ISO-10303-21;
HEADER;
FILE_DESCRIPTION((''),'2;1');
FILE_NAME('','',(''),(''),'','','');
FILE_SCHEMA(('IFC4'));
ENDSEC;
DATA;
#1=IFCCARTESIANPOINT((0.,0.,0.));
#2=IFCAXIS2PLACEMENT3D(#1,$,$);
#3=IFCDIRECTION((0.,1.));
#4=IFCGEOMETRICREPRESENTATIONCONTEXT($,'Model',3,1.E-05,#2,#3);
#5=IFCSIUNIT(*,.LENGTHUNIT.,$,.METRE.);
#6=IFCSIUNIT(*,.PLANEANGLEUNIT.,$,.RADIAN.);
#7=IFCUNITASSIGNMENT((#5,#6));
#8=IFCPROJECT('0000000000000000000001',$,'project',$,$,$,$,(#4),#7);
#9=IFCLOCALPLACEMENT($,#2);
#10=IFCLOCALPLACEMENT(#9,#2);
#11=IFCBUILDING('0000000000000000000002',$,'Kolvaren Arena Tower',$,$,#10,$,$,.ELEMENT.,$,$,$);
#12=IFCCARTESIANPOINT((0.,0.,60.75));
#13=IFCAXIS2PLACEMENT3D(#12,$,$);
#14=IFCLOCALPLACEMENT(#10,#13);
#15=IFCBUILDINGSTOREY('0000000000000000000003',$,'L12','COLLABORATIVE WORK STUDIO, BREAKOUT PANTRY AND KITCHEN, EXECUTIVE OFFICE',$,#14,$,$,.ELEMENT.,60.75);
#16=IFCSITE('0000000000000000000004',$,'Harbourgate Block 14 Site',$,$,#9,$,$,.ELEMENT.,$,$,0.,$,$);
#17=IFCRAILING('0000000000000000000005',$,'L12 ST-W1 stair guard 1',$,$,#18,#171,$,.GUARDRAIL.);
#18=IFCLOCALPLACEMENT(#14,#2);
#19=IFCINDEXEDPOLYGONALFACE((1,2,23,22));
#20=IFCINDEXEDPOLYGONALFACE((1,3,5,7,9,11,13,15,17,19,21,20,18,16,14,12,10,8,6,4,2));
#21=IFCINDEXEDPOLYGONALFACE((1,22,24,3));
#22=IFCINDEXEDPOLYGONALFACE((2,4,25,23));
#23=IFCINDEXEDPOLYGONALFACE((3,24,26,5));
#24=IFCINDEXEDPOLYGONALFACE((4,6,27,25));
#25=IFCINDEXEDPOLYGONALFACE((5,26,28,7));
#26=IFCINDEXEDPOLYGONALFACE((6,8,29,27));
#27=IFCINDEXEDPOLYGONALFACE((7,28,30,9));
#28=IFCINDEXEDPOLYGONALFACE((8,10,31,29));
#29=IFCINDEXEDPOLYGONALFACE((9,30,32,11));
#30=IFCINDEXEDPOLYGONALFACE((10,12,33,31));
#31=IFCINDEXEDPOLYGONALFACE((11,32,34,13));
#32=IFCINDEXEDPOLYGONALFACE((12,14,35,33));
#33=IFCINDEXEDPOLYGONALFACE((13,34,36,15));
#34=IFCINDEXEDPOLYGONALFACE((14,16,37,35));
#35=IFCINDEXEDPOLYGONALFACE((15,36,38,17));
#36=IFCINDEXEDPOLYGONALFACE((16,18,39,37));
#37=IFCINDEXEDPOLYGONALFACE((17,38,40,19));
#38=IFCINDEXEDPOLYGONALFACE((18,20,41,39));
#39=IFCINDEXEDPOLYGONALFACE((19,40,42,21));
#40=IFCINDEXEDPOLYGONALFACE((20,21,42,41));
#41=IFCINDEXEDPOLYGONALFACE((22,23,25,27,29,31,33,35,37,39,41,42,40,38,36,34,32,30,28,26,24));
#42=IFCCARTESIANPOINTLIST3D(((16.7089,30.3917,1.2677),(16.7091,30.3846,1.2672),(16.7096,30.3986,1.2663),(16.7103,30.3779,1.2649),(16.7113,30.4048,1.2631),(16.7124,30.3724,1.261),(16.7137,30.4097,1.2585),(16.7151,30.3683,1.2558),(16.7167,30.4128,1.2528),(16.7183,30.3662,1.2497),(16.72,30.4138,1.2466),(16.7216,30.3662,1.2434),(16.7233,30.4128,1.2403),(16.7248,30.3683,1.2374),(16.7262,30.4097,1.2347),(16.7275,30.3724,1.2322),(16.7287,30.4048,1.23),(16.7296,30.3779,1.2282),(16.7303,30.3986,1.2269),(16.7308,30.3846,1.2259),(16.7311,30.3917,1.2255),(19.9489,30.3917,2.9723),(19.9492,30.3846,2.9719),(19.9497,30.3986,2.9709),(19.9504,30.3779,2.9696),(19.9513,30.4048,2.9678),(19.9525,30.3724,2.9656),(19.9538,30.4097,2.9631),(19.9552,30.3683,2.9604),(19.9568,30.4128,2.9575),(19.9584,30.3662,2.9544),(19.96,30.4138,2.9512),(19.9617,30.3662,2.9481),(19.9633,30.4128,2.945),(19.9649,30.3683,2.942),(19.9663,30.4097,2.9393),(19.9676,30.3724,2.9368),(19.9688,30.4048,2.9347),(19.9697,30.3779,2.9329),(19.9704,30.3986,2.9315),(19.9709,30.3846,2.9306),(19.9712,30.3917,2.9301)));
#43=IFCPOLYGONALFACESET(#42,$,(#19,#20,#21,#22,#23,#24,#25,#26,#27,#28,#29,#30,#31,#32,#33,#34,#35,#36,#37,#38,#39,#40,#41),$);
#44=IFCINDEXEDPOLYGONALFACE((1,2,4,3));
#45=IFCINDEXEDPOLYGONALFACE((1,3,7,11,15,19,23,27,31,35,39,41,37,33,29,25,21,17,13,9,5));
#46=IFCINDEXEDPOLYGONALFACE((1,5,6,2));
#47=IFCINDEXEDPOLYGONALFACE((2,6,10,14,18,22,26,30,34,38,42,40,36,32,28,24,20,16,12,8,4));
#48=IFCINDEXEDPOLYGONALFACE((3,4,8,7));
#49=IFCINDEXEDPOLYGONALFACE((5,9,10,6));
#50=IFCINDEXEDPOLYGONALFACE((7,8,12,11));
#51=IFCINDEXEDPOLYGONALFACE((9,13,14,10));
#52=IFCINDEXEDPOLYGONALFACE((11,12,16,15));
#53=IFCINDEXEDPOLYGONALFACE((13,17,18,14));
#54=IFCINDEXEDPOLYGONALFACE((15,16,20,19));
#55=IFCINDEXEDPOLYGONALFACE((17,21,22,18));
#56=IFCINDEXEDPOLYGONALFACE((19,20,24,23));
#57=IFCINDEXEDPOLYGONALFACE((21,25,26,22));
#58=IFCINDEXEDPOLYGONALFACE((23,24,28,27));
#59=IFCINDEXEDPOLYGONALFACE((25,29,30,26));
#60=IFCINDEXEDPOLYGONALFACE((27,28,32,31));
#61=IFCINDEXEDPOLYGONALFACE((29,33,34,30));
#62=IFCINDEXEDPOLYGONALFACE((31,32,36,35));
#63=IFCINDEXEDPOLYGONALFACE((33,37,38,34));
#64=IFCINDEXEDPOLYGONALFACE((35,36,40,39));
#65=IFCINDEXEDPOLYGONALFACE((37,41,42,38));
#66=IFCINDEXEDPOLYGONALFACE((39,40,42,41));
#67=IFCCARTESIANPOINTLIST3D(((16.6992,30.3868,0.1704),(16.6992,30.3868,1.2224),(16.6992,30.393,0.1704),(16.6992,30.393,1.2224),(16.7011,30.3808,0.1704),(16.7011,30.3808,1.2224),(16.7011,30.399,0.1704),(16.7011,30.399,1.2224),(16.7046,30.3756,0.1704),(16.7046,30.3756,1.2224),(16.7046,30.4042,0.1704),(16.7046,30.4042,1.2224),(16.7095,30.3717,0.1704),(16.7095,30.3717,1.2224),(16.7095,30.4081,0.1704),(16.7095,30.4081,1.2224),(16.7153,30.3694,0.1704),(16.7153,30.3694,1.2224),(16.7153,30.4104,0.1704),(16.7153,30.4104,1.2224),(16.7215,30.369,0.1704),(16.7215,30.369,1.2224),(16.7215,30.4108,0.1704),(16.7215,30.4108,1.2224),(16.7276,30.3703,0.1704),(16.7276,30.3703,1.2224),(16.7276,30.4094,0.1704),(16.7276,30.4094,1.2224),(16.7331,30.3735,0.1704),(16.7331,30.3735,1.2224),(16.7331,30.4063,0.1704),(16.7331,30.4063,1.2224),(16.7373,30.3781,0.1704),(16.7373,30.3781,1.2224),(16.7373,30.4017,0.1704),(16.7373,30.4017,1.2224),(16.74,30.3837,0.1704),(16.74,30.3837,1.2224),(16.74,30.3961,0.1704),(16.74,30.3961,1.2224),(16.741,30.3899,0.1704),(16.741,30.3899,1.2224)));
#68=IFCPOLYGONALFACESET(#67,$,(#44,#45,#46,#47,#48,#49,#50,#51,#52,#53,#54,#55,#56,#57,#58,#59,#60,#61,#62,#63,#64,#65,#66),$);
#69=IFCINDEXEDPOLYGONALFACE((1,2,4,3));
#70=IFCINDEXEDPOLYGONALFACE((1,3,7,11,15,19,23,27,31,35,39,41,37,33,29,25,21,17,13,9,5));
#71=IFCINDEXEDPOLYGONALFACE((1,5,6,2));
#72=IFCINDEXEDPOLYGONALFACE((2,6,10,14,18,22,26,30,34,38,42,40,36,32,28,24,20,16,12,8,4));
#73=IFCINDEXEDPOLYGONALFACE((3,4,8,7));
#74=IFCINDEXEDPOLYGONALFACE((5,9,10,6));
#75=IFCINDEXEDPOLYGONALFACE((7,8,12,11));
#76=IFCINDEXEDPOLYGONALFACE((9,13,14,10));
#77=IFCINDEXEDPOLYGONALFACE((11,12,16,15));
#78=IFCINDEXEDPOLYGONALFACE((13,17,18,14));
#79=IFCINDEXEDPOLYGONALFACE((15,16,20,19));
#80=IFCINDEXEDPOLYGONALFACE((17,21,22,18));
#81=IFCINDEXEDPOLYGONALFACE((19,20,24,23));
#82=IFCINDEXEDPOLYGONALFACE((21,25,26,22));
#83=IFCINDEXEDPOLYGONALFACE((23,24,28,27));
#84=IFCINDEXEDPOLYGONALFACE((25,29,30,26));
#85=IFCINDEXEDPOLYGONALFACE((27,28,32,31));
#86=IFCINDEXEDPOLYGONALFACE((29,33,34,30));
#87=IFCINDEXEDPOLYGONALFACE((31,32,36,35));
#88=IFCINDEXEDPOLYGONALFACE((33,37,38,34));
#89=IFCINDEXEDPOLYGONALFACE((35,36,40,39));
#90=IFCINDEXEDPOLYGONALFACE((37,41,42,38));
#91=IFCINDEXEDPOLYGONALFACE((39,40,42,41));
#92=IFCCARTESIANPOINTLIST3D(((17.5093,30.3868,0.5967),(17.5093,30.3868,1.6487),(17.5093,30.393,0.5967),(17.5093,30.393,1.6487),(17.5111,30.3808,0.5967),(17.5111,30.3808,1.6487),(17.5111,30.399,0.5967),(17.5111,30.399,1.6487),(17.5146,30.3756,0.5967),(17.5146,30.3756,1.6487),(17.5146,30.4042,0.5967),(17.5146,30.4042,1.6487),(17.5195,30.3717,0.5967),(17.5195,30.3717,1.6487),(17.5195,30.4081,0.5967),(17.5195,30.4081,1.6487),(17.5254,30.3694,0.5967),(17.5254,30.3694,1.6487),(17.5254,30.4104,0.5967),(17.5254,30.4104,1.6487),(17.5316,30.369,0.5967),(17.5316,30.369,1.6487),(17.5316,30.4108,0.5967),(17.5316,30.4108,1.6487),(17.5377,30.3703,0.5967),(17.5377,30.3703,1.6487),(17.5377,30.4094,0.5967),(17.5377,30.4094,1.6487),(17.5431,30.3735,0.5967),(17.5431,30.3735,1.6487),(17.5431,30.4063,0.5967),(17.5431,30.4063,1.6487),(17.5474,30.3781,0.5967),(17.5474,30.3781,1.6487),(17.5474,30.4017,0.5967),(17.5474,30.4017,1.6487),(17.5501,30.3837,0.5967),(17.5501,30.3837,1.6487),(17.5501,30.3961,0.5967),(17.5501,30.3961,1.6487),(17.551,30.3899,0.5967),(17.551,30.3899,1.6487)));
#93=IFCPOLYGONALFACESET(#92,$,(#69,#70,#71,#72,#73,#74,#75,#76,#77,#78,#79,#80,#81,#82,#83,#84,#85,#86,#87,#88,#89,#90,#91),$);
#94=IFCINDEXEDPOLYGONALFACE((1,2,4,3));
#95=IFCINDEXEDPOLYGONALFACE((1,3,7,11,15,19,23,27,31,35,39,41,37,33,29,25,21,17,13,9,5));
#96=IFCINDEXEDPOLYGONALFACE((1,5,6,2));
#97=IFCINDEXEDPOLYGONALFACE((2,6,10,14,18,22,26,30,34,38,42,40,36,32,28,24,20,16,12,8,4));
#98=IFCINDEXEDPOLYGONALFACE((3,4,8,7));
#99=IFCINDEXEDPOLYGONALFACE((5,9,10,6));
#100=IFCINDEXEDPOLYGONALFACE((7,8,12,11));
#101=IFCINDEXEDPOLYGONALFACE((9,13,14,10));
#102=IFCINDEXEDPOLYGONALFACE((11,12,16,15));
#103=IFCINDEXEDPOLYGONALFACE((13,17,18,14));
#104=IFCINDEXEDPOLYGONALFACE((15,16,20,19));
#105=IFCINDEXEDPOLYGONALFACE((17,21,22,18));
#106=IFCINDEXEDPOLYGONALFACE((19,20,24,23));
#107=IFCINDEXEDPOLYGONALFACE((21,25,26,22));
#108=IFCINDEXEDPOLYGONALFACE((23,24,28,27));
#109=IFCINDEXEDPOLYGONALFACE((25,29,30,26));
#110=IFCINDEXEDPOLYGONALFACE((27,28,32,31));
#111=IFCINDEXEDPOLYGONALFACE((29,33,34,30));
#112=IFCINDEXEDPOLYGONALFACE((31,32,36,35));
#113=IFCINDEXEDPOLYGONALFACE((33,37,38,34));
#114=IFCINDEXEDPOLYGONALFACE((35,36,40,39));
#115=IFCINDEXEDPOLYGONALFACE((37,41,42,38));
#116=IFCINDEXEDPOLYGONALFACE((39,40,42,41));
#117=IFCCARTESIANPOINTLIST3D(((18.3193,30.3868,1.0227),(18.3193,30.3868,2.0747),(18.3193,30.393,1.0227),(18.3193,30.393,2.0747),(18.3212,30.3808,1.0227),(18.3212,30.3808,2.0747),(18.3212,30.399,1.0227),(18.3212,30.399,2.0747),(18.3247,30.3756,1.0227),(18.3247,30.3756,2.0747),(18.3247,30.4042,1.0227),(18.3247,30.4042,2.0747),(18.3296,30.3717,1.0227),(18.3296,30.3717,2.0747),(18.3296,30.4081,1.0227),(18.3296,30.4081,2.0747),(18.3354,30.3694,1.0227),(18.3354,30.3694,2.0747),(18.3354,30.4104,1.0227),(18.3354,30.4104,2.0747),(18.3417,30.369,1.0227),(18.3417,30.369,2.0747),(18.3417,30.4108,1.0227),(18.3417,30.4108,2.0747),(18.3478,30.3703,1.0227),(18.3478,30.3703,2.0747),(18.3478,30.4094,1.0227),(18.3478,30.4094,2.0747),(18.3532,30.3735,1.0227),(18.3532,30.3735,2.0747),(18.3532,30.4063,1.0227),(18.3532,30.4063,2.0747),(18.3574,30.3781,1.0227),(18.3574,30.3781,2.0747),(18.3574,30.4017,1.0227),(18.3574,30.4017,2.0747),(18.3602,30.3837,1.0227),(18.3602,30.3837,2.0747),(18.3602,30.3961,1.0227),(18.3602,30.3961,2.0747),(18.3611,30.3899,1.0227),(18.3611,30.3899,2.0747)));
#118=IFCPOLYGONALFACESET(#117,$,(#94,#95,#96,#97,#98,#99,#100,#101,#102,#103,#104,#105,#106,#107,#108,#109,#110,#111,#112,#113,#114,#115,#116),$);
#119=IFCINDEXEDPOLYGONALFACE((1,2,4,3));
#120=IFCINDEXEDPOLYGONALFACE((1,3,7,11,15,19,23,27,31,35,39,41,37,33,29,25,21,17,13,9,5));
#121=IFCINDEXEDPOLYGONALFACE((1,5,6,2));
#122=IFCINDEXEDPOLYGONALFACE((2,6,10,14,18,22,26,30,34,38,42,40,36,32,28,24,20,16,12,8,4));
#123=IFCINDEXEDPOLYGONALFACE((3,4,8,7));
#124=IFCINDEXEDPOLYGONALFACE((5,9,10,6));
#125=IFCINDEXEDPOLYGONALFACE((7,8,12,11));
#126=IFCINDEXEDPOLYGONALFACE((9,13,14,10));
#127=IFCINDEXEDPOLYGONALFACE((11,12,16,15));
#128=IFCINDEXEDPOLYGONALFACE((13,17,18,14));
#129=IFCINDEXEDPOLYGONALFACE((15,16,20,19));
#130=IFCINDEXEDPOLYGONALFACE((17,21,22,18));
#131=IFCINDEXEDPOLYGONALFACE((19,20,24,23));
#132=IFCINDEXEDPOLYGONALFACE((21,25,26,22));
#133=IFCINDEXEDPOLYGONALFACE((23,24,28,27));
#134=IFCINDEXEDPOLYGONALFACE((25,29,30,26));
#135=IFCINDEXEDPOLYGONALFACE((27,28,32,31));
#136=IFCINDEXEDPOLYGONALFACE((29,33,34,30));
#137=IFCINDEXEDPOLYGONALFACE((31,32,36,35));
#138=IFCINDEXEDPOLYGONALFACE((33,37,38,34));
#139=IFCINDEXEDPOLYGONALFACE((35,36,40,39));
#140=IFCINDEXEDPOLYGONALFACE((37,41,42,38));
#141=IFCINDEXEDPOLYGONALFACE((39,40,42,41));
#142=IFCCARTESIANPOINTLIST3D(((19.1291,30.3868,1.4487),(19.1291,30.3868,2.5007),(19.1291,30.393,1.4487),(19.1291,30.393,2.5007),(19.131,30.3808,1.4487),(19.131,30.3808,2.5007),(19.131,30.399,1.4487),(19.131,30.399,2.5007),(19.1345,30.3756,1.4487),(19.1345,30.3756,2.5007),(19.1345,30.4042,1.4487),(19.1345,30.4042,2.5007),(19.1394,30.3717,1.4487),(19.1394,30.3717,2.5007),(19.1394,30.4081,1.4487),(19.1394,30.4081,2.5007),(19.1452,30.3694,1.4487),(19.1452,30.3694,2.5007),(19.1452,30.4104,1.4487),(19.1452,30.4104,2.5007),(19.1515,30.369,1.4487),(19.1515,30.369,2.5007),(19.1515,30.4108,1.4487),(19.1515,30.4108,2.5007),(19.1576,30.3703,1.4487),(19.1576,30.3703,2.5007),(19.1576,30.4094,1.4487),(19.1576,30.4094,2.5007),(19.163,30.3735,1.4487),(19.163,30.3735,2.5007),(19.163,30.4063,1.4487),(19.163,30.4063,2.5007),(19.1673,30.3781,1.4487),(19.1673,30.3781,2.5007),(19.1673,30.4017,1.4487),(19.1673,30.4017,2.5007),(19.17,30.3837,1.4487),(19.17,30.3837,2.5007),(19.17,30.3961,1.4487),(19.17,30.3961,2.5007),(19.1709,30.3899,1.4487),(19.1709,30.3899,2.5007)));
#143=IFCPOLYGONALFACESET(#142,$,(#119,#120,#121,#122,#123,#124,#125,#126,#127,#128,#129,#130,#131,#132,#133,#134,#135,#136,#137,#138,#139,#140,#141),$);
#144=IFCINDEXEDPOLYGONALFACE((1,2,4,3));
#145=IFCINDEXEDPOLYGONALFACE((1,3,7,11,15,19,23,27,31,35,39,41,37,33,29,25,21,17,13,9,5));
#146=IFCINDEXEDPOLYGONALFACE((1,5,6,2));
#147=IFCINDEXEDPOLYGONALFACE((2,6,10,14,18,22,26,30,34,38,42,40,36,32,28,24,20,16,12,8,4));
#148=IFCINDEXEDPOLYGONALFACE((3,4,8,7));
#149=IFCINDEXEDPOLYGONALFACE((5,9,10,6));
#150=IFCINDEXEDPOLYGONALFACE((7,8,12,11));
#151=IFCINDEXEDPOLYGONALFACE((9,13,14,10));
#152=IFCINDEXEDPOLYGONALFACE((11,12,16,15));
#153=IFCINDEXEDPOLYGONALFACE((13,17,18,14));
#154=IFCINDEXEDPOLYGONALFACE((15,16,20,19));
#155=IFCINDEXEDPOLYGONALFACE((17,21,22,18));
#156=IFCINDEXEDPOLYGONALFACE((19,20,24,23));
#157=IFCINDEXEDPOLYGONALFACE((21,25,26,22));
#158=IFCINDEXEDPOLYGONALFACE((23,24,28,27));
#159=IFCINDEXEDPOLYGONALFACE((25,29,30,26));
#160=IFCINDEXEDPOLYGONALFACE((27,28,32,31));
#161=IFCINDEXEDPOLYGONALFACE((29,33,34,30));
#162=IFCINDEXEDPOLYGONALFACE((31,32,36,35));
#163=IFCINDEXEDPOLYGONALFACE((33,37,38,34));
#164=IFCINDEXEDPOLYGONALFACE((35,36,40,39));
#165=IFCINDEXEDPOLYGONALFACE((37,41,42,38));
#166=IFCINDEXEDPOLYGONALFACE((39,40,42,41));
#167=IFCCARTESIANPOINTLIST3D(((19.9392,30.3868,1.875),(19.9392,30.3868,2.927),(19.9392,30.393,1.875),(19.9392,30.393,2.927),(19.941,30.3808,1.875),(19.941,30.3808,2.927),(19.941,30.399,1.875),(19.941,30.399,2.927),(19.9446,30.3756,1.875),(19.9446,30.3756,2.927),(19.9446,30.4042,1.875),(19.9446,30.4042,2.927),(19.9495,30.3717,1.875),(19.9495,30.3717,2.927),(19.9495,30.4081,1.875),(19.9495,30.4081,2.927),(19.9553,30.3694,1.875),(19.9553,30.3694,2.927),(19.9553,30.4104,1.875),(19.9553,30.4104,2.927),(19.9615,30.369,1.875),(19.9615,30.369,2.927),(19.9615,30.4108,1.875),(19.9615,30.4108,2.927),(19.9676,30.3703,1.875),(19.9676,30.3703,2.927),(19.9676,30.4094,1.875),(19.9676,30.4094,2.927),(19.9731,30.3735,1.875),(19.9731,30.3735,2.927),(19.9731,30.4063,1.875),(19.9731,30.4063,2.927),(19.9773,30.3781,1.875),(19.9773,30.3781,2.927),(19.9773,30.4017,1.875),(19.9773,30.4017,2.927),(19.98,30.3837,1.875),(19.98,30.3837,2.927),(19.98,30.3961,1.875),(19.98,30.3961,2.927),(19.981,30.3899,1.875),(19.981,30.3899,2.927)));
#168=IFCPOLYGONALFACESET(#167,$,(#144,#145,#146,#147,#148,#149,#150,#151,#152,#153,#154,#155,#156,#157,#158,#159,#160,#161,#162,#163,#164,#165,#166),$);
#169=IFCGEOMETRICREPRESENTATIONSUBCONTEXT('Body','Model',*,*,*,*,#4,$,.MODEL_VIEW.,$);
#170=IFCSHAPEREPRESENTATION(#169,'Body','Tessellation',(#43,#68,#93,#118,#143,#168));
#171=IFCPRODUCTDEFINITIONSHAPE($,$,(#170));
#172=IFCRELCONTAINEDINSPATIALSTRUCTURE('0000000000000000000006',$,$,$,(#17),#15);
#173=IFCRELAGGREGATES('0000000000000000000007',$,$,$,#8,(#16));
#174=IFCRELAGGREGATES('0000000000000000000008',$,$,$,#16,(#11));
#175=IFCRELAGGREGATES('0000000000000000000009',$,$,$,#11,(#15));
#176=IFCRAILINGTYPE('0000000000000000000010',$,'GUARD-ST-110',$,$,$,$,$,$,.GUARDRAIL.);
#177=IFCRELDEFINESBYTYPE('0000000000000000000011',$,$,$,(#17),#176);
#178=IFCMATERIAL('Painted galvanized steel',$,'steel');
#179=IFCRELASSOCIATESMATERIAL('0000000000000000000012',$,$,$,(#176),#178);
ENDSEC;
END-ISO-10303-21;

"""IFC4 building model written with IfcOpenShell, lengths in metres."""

from ifc_helpers import new_model, si_unit, direction, frame, origin, origin_2d, place, context, subcontext, project, spatial, circle, extrude, material, type_object, element, save


model = new_model("IFC4")

# Units and contexts
model_context = context("Model", 3, precision=1e-05, world=origin(), true_north=direction((0.0, 1.0)))
body_context = subcontext(model_context, "Body", "Model", "MODEL_VIEW")
ifc_project = project(units=[si_unit("LENGTHUNIT", "METRE"), si_unit("PLANEANGLEUNIT", "RADIAN")], contexts=[model_context])

# Site, building, storey
site_placement = place(None, origin())
site = spatial("IfcSite", under=ifc_project, at=site_placement, Name="Harbourgate Block 14 Site", CompositionType="ELEMENT", RefElevation=0.0)
building_placement = place(site_placement, origin())
building = spatial("IfcBuilding", under=site, at=building_placement, Name="Kolvaren Arena Tower", CompositionType="ELEMENT")
storey_placement = place(building_placement, frame((0.0, 0.0, 60.75)))
storey = spatial("IfcBuildingStorey", under=building, at=storey_placement, Name="L12", Description="COLLABORATIVE WORK STUDIO, BREAKOUT PANTRY AND KITCHEN, EXECUTIVE OFFICE", CompositionType="ELEMENT", Elevation=60.75)

# Railing
ifc_material_1 = material(Name="Painted galvanized steel", Category="steel")
railing_type_1 = type_object("IfcRailingType", Name="GUARD-ST-110", PredefinedType="GUARDRAIL", material=ifc_material_1)
railing_1_placement = place(storey_placement, frame((16.72, 30.3899, 0.1704)))
element("IfcRailing", 1, at=railing_1_placement, inside=storey, type_object=railing_type_1, Name="L12 ST-W1 stair guard 1", PredefinedType="GUARDRAIL", context=body_context, shape_type="SweptSolid", body=[
    extrude(circle(Radius=0.0239, at=origin_2d()), frame((0.0, 0.0, 1.0762), z_axis=(0.884993, 0.0, 0.465604), x_axis=(0.0, 1.0, 0.0)), (0.0, 0.0, 1.0), 3.6611),
    extrude(circle(Radius=0.021, at=origin_2d()), origin(), (0.0, 0.0, 1.0), 1.052),
    extrude(circle(Radius=0.021, at=origin_2d()), frame((0.8101, 0.0, 0.4263)), (0.0, 0.0, 1.0), 1.052),
    extrude(circle(Radius=0.021, at=origin_2d()), frame((1.6201, 0.0, 0.8523)), (0.0, 0.0, 1.0), 1.052),
    extrude(circle(Radius=0.021, at=origin_2d()), frame((2.4299, 0.0, 1.2783)), (0.0, 0.0, 1.0), 1.052),
    extrude(circle(Radius=0.021, at=origin_2d()), frame((3.24, 0.0, 1.7046)), (0.0, 0.0, 1.0), 1.052),
])

save(model, "model.ifc")
